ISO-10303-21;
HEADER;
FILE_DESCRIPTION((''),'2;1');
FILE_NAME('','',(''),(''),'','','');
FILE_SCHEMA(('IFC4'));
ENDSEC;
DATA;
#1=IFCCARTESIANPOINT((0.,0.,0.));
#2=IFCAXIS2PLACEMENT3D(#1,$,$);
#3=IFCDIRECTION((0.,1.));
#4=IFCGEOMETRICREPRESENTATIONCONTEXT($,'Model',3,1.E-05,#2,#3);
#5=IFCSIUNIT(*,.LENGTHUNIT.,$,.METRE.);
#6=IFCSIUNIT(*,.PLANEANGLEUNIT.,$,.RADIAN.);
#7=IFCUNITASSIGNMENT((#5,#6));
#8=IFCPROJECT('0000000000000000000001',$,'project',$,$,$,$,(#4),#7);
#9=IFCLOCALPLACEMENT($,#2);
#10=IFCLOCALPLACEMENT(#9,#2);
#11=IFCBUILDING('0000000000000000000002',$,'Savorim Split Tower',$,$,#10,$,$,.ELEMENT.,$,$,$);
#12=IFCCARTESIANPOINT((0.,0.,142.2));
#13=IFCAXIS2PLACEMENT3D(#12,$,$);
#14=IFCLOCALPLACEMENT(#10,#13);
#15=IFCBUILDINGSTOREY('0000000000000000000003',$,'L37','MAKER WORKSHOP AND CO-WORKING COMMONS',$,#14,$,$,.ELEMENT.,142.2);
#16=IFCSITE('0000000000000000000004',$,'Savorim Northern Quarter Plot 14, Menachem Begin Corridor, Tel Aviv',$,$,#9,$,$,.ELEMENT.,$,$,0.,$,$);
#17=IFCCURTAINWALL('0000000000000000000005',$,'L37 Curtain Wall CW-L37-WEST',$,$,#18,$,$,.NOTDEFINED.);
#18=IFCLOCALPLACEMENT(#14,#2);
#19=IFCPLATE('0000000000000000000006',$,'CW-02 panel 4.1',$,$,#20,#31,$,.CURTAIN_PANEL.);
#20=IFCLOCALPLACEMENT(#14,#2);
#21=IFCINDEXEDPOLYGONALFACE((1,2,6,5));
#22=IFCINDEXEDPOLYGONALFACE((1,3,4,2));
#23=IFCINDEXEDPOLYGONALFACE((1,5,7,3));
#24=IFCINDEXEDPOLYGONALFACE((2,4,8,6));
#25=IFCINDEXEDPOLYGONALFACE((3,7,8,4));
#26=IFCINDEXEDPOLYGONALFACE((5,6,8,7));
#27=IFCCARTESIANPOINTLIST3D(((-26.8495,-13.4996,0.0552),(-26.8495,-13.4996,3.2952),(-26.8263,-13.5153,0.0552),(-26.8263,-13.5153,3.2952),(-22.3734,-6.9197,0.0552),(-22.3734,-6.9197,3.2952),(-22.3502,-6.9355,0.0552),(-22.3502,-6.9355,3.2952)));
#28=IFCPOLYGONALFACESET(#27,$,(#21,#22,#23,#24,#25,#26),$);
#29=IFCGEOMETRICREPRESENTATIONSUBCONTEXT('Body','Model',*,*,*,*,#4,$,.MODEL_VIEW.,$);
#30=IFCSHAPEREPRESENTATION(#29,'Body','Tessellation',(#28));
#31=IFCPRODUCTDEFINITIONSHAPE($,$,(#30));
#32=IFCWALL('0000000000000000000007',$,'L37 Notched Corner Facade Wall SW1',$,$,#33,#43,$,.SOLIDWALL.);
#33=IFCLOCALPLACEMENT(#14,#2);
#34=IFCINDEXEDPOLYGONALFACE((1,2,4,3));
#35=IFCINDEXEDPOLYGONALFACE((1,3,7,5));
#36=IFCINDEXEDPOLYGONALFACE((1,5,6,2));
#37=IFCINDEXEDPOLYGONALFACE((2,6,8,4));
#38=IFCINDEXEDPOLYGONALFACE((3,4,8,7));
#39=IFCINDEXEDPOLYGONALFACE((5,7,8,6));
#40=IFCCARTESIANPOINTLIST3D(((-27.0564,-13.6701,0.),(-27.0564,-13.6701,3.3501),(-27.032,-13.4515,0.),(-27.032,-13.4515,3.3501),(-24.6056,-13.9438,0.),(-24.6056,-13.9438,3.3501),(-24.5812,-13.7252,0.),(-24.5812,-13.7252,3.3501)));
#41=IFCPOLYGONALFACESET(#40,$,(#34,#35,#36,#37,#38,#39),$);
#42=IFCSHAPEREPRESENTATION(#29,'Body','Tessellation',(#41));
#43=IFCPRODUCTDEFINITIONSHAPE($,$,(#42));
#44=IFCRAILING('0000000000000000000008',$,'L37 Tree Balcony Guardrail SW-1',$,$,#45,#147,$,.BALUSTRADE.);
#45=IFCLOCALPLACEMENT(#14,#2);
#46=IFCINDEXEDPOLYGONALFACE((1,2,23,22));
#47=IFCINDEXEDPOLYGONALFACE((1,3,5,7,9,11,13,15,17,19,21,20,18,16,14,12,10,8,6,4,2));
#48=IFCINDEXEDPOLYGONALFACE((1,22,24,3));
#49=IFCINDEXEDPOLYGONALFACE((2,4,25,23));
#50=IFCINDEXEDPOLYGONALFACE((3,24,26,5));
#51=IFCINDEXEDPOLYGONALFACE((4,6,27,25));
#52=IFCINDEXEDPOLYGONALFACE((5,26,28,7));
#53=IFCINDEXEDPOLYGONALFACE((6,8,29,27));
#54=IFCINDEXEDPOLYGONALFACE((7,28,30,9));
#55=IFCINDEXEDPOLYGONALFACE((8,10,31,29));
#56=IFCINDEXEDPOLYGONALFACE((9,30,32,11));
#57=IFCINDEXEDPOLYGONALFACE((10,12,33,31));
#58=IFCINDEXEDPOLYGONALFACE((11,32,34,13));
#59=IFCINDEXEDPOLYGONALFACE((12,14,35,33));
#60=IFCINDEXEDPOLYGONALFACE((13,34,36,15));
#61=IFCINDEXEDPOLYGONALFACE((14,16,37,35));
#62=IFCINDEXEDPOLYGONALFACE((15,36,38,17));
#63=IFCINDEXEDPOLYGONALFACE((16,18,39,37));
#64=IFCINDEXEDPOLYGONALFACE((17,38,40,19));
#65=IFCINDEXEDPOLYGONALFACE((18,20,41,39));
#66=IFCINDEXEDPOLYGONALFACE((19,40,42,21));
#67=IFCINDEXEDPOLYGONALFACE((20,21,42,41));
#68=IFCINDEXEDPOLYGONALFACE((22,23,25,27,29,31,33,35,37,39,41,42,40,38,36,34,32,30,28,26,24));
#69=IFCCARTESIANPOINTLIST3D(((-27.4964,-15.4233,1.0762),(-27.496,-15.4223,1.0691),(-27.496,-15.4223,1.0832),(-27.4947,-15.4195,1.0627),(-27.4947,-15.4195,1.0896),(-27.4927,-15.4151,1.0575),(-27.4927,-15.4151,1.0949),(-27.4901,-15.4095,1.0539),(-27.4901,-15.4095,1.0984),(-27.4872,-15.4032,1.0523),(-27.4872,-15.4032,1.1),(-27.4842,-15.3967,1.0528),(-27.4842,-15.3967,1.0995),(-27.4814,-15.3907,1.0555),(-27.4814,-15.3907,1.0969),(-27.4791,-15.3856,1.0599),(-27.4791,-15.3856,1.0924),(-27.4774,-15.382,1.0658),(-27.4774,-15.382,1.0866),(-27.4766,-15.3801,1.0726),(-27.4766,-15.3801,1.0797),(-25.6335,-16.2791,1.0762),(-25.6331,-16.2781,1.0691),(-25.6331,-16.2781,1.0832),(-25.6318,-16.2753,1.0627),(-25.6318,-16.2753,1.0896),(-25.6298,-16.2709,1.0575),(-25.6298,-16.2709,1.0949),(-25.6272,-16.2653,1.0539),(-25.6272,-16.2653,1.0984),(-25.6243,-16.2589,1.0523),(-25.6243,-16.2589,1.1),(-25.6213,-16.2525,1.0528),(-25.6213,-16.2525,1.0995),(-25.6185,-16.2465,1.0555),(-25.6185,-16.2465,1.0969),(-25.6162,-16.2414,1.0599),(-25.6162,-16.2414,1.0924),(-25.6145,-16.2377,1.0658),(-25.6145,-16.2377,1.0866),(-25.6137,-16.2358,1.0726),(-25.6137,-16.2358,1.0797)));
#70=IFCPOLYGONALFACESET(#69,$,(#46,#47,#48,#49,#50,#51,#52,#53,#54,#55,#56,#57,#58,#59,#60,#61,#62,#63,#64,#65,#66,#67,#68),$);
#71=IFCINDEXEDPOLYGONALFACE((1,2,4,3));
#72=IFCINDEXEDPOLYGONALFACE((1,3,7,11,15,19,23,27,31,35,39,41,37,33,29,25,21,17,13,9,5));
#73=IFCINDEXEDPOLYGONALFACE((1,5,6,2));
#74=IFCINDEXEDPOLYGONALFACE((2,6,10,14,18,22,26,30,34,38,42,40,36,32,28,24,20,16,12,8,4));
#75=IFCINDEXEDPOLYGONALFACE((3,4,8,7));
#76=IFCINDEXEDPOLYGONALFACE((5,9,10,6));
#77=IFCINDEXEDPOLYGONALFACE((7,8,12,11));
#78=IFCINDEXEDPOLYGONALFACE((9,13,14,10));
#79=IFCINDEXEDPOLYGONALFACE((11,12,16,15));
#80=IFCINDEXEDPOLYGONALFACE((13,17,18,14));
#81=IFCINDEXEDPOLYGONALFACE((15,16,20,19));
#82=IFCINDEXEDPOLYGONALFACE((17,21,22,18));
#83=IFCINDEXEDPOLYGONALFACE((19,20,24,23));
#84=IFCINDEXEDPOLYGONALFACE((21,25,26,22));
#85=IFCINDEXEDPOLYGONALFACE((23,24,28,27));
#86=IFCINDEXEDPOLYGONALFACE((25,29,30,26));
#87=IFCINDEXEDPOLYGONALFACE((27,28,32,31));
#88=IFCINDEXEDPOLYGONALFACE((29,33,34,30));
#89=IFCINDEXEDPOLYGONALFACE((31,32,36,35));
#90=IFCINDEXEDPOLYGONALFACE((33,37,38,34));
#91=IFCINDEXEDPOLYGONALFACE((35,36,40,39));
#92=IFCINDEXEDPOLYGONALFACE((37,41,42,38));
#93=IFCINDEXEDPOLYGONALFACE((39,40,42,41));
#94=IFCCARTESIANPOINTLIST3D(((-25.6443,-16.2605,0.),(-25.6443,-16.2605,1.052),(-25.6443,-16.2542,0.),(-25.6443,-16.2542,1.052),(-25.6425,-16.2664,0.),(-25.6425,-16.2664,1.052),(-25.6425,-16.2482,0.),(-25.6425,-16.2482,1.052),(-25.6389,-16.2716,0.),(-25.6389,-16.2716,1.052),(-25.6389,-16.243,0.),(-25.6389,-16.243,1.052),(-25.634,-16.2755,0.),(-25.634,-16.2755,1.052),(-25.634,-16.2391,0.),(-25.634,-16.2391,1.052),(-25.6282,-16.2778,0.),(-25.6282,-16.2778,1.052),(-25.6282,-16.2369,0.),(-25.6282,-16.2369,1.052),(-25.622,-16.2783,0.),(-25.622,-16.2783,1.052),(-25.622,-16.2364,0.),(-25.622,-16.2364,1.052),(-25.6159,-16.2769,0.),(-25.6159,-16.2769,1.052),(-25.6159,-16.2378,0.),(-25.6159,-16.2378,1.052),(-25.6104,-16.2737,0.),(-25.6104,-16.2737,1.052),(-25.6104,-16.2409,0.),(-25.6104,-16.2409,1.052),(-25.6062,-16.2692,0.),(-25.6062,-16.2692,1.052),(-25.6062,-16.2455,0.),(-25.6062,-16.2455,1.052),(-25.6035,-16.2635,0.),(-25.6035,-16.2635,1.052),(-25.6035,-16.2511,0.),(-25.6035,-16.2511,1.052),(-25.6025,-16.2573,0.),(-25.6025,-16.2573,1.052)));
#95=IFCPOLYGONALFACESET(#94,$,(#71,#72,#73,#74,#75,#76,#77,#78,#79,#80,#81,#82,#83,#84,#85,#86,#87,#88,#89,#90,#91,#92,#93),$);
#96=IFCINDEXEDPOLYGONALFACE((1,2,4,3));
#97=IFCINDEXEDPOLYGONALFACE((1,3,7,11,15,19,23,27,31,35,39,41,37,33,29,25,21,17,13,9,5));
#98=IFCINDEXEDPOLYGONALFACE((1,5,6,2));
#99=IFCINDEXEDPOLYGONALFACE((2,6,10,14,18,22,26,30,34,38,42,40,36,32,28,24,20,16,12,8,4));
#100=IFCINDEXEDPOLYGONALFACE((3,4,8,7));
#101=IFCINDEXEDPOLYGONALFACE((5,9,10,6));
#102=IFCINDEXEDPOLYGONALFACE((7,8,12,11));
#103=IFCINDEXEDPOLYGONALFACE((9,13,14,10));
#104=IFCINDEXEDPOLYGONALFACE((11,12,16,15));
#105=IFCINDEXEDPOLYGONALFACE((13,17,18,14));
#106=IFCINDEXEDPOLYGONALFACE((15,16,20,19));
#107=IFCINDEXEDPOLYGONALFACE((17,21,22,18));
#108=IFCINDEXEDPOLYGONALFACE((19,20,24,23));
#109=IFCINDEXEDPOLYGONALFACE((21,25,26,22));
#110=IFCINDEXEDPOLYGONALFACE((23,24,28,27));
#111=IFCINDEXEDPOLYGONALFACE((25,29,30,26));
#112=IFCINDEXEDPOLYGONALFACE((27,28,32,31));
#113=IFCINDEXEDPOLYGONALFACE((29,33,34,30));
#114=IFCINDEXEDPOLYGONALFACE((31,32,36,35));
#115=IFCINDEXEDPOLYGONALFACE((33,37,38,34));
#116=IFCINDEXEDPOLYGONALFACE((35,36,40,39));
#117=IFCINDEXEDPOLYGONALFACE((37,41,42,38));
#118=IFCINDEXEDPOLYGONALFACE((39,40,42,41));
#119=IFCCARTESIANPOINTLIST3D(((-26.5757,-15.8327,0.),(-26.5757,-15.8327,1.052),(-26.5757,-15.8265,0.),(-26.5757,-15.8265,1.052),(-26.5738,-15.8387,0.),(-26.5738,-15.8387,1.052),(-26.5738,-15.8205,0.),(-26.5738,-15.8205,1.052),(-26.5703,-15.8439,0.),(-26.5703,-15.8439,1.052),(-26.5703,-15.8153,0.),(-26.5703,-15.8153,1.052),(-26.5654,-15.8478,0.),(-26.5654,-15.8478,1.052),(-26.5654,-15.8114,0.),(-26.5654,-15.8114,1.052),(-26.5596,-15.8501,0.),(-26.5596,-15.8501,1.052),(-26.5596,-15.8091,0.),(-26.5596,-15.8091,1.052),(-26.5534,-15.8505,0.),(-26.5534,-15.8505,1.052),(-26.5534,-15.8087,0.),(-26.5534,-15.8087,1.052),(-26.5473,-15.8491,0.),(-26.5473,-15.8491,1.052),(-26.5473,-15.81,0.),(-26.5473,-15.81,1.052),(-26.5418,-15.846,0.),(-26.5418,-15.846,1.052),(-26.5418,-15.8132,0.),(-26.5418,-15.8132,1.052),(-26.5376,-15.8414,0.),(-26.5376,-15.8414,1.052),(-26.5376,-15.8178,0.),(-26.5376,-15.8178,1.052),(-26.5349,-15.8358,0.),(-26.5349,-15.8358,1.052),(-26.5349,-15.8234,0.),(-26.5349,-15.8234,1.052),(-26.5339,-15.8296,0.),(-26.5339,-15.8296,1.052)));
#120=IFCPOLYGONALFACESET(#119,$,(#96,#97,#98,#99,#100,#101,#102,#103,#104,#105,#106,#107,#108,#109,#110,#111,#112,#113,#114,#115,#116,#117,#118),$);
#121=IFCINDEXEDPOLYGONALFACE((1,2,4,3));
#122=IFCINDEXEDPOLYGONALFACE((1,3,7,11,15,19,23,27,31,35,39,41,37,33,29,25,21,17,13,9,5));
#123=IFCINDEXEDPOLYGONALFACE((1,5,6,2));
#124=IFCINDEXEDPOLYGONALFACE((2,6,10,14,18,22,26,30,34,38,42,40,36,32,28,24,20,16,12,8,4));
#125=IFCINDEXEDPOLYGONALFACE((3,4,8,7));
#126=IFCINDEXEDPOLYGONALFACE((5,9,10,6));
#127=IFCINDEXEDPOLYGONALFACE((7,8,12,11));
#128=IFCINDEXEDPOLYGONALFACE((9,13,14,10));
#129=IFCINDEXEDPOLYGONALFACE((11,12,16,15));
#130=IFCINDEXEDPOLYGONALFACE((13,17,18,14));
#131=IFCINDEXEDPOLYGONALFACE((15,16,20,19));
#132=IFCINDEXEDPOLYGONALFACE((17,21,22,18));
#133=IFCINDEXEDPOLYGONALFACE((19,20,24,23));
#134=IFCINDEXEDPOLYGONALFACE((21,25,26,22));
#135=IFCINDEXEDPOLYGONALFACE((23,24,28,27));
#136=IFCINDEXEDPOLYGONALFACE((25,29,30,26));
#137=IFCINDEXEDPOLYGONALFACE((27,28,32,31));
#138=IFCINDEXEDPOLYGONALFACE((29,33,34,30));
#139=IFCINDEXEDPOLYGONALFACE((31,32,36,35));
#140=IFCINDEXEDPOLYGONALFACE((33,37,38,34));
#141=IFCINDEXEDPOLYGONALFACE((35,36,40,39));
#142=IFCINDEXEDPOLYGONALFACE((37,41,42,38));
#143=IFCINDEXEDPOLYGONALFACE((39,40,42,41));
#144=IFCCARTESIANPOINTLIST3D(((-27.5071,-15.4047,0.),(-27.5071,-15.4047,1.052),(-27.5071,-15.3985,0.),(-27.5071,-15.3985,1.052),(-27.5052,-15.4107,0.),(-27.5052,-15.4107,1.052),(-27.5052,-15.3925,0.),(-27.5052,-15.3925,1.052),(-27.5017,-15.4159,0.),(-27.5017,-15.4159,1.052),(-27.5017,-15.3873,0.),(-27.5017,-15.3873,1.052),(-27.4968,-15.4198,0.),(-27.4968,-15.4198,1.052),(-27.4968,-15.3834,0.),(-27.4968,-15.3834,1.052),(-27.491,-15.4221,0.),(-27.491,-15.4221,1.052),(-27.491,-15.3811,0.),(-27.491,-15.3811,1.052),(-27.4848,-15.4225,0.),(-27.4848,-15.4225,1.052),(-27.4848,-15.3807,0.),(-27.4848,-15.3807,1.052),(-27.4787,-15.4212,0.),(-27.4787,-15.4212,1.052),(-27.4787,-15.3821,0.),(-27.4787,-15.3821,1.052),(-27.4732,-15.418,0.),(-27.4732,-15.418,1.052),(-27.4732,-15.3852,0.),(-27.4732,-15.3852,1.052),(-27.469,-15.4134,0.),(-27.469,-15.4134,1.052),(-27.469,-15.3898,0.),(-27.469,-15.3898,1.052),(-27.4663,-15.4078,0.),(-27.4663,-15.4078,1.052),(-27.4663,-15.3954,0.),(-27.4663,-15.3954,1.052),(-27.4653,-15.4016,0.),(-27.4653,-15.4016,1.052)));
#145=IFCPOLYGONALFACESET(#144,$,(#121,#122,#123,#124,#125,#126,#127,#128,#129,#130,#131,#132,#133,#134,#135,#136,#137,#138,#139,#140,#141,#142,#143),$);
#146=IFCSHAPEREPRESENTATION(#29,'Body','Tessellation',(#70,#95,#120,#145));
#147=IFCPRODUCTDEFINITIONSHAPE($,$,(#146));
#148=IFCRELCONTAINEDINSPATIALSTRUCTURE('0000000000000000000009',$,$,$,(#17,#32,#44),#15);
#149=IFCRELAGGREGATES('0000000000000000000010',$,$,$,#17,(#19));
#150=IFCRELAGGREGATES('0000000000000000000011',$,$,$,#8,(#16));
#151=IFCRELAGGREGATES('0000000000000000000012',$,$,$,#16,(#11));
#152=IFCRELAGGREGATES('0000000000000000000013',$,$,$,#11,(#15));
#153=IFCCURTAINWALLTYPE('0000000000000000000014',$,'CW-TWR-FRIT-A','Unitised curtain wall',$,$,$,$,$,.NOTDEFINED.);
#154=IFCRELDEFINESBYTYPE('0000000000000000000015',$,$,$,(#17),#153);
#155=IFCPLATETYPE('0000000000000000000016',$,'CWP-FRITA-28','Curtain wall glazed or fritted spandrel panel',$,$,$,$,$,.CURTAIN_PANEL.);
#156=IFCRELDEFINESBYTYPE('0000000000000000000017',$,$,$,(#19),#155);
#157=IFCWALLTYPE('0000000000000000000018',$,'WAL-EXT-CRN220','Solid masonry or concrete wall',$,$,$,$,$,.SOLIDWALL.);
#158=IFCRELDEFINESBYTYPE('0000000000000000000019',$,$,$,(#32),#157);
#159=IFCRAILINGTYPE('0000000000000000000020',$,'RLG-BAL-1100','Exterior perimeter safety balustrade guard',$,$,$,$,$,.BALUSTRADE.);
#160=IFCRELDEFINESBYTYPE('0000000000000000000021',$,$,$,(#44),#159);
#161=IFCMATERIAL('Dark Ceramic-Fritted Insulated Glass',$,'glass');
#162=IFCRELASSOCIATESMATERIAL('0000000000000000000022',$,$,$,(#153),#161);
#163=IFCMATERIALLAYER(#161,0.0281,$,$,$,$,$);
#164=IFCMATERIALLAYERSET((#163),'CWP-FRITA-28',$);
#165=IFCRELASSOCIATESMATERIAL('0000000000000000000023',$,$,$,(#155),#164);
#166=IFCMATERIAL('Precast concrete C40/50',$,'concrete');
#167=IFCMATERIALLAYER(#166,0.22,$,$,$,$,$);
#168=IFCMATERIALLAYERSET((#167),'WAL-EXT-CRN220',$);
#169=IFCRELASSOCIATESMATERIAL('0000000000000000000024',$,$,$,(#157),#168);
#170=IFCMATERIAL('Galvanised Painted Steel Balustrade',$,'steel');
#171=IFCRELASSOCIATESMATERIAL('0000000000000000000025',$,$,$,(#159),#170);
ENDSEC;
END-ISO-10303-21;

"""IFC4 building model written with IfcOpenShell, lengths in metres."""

from ifc_helpers import new_model, si_unit, direction, frame, frame_2d, origin, origin_2d, place, context, subcontext, project, spatial, rectangle, circle, extrude, material, layer, layer_set, type_object, element, aggregate, save


model = new_model("IFC4")

# Units and contexts
model_context = context("Model", 3, precision=1e-05, world=origin(), true_north=direction((0.0, 1.0)))
body_context = subcontext(model_context, "Body", "Model", "MODEL_VIEW")
ifc_project = project(units=[si_unit("LENGTHUNIT", "METRE"), si_unit("PLANEANGLEUNIT", "RADIAN")], contexts=[model_context])

# Site, building, storey
site_placement = place(None, origin())
site = spatial("IfcSite", under=ifc_project, at=site_placement, Name="Savorim Northern Quarter Plot 14, Menachem Begin Corridor, Tel Aviv", CompositionType="ELEMENT", RefElevation=0.0)
building_placement = place(site_placement, origin())
building = spatial("IfcBuilding", under=site, at=building_placement, Name="Savorim Split Tower", CompositionType="ELEMENT")
storey_placement = place(building_placement, frame((0.0, 0.0, 142.2)))
storey = spatial("IfcBuildingStorey", under=building, at=storey_placement, Name="L37", Description="MAKER WORKSHOP AND CO-WORKING COMMONS", CompositionType="ELEMENT", Elevation=142.2)

# Shared definitions
ifc_material_1 = material(Name="Dark Ceramic-Fritted Insulated Glass", Category="glass")
curtain_wall_type = type_object("IfcCurtainWallType", Name="CW-TWR-FRIT-A", Description="Unitised curtain wall", PredefinedType="NOTDEFINED", material=ifc_material_1)

# Curtain wall
curtain_wall_1_placement = place(storey_placement, origin())
curtain_wall_1 = element("IfcCurtainWall", 1, at=curtain_wall_1_placement, inside=storey, type_object=curtain_wall_type, Name="L37 Curtain Wall CW-L37-WEST", PredefinedType="NOTDEFINED")

# Plate
ifc_layer_1 = layer(ifc_material_1, 0.0281)
ifc_layer_set_1 = layer_set([ifc_layer_1], Name="CWP-FRITA-28")
plate_type = type_object("IfcPlateType", Name="CWP-FRITA-28", Description="Curtain wall glazed or fritted spandrel panel", PredefinedType="CURTAIN_PANEL", material=ifc_layer_set_1)
plate_1_placement = place(storey_placement, frame((-24.5999, -10.2175, 0.0552), z_axis=(0.0, 0.0, 1.0), x_axis=(-0.562466, -0.82682, 0.0)))
plate_1 = element("IfcPlate", 2, at=plate_1_placement, type_object=plate_type, Name="CW-02 panel 4.1", PredefinedType="CURTAIN_PANEL", context=body_context, shape_type="SweptSolid", body=[
    extrude(rectangle(XDim=7.958, YDim=0.0281, at=origin_2d()), origin(), (0.0, 0.0, 1.0), 3.24),
])
aggregate(curtain_wall_1, [plate_1])

# Wall
ifc_material_2 = material(Name="Precast concrete C40/50", Category="concrete")
ifc_layer_2 = layer(ifc_material_2, 0.22)
ifc_layer_set_2 = layer_set([ifc_layer_2], Name="WAL-EXT-CRN220")
wall_type = type_object("IfcWallType", Name="WAL-EXT-CRN220", Description="Solid masonry or concrete wall", PredefinedType="SOLIDWALL", material=ifc_layer_set_2)
wall_1_placement = place(storey_placement, frame((-24.5935, -13.8345, 0.0), z_axis=(0.0, 0.0, 1.0), x_axis=(-0.993823, 0.110975, 0.0)))
element("IfcWall", 3, at=wall_1_placement, inside=storey, type_object=wall_type, Name="L37 Notched Corner Facade Wall SW1", PredefinedType="SOLIDWALL", context=body_context, shape_type="SweptSolid", body=[
    extrude(rectangle(XDim=2.4661, YDim=0.22, at=frame_2d((1.2329, 0.0))), origin(), (0.0, 0.0, 1.0), 3.3501),
])

# Railing
ifc_material_3 = material(Name="Galvanised Painted Steel Balustrade", Category="steel")
railing_type = type_object("IfcRailingType", Name="RLG-BAL-1100", Description="Exterior perimeter safety balustrade guard", PredefinedType="BALUSTRADE", material=ifc_material_3)
railing_1_placement = place(storey_placement, frame((-25.6235, -16.2573, 0.0)))
element("IfcRailing", 4, at=railing_1_placement, inside=storey, type_object=railing_type, Name="L37 Tree Balcony Guardrail SW-1", PredefinedType="BALUSTRADE", context=body_context, shape_type="SweptSolid", body=[
    extrude(circle(Radius=0.0239, at=origin_2d()), frame((0.0, 0.0, 1.0762), z_axis=(-0.908707, 0.417434, 0.0), x_axis=(-0.417434, -0.908707, 0.0)), (0.0, 0.0, 1.0), 2.05),
    extrude(circle(Radius=0.021, at=origin_2d()), origin(), (0.0, 0.0, 1.0), 1.052),
    extrude(circle(Radius=0.021, at=origin_2d()), frame((-0.9314, 0.4277, 0.0)), (0.0, 0.0, 1.0), 1.052),
    extrude(circle(Radius=0.021, at=origin_2d()), frame((-1.8628, 0.8557, 0.0)), (0.0, 0.0, 1.0), 1.052),
])

save(model, "model.ifc")
